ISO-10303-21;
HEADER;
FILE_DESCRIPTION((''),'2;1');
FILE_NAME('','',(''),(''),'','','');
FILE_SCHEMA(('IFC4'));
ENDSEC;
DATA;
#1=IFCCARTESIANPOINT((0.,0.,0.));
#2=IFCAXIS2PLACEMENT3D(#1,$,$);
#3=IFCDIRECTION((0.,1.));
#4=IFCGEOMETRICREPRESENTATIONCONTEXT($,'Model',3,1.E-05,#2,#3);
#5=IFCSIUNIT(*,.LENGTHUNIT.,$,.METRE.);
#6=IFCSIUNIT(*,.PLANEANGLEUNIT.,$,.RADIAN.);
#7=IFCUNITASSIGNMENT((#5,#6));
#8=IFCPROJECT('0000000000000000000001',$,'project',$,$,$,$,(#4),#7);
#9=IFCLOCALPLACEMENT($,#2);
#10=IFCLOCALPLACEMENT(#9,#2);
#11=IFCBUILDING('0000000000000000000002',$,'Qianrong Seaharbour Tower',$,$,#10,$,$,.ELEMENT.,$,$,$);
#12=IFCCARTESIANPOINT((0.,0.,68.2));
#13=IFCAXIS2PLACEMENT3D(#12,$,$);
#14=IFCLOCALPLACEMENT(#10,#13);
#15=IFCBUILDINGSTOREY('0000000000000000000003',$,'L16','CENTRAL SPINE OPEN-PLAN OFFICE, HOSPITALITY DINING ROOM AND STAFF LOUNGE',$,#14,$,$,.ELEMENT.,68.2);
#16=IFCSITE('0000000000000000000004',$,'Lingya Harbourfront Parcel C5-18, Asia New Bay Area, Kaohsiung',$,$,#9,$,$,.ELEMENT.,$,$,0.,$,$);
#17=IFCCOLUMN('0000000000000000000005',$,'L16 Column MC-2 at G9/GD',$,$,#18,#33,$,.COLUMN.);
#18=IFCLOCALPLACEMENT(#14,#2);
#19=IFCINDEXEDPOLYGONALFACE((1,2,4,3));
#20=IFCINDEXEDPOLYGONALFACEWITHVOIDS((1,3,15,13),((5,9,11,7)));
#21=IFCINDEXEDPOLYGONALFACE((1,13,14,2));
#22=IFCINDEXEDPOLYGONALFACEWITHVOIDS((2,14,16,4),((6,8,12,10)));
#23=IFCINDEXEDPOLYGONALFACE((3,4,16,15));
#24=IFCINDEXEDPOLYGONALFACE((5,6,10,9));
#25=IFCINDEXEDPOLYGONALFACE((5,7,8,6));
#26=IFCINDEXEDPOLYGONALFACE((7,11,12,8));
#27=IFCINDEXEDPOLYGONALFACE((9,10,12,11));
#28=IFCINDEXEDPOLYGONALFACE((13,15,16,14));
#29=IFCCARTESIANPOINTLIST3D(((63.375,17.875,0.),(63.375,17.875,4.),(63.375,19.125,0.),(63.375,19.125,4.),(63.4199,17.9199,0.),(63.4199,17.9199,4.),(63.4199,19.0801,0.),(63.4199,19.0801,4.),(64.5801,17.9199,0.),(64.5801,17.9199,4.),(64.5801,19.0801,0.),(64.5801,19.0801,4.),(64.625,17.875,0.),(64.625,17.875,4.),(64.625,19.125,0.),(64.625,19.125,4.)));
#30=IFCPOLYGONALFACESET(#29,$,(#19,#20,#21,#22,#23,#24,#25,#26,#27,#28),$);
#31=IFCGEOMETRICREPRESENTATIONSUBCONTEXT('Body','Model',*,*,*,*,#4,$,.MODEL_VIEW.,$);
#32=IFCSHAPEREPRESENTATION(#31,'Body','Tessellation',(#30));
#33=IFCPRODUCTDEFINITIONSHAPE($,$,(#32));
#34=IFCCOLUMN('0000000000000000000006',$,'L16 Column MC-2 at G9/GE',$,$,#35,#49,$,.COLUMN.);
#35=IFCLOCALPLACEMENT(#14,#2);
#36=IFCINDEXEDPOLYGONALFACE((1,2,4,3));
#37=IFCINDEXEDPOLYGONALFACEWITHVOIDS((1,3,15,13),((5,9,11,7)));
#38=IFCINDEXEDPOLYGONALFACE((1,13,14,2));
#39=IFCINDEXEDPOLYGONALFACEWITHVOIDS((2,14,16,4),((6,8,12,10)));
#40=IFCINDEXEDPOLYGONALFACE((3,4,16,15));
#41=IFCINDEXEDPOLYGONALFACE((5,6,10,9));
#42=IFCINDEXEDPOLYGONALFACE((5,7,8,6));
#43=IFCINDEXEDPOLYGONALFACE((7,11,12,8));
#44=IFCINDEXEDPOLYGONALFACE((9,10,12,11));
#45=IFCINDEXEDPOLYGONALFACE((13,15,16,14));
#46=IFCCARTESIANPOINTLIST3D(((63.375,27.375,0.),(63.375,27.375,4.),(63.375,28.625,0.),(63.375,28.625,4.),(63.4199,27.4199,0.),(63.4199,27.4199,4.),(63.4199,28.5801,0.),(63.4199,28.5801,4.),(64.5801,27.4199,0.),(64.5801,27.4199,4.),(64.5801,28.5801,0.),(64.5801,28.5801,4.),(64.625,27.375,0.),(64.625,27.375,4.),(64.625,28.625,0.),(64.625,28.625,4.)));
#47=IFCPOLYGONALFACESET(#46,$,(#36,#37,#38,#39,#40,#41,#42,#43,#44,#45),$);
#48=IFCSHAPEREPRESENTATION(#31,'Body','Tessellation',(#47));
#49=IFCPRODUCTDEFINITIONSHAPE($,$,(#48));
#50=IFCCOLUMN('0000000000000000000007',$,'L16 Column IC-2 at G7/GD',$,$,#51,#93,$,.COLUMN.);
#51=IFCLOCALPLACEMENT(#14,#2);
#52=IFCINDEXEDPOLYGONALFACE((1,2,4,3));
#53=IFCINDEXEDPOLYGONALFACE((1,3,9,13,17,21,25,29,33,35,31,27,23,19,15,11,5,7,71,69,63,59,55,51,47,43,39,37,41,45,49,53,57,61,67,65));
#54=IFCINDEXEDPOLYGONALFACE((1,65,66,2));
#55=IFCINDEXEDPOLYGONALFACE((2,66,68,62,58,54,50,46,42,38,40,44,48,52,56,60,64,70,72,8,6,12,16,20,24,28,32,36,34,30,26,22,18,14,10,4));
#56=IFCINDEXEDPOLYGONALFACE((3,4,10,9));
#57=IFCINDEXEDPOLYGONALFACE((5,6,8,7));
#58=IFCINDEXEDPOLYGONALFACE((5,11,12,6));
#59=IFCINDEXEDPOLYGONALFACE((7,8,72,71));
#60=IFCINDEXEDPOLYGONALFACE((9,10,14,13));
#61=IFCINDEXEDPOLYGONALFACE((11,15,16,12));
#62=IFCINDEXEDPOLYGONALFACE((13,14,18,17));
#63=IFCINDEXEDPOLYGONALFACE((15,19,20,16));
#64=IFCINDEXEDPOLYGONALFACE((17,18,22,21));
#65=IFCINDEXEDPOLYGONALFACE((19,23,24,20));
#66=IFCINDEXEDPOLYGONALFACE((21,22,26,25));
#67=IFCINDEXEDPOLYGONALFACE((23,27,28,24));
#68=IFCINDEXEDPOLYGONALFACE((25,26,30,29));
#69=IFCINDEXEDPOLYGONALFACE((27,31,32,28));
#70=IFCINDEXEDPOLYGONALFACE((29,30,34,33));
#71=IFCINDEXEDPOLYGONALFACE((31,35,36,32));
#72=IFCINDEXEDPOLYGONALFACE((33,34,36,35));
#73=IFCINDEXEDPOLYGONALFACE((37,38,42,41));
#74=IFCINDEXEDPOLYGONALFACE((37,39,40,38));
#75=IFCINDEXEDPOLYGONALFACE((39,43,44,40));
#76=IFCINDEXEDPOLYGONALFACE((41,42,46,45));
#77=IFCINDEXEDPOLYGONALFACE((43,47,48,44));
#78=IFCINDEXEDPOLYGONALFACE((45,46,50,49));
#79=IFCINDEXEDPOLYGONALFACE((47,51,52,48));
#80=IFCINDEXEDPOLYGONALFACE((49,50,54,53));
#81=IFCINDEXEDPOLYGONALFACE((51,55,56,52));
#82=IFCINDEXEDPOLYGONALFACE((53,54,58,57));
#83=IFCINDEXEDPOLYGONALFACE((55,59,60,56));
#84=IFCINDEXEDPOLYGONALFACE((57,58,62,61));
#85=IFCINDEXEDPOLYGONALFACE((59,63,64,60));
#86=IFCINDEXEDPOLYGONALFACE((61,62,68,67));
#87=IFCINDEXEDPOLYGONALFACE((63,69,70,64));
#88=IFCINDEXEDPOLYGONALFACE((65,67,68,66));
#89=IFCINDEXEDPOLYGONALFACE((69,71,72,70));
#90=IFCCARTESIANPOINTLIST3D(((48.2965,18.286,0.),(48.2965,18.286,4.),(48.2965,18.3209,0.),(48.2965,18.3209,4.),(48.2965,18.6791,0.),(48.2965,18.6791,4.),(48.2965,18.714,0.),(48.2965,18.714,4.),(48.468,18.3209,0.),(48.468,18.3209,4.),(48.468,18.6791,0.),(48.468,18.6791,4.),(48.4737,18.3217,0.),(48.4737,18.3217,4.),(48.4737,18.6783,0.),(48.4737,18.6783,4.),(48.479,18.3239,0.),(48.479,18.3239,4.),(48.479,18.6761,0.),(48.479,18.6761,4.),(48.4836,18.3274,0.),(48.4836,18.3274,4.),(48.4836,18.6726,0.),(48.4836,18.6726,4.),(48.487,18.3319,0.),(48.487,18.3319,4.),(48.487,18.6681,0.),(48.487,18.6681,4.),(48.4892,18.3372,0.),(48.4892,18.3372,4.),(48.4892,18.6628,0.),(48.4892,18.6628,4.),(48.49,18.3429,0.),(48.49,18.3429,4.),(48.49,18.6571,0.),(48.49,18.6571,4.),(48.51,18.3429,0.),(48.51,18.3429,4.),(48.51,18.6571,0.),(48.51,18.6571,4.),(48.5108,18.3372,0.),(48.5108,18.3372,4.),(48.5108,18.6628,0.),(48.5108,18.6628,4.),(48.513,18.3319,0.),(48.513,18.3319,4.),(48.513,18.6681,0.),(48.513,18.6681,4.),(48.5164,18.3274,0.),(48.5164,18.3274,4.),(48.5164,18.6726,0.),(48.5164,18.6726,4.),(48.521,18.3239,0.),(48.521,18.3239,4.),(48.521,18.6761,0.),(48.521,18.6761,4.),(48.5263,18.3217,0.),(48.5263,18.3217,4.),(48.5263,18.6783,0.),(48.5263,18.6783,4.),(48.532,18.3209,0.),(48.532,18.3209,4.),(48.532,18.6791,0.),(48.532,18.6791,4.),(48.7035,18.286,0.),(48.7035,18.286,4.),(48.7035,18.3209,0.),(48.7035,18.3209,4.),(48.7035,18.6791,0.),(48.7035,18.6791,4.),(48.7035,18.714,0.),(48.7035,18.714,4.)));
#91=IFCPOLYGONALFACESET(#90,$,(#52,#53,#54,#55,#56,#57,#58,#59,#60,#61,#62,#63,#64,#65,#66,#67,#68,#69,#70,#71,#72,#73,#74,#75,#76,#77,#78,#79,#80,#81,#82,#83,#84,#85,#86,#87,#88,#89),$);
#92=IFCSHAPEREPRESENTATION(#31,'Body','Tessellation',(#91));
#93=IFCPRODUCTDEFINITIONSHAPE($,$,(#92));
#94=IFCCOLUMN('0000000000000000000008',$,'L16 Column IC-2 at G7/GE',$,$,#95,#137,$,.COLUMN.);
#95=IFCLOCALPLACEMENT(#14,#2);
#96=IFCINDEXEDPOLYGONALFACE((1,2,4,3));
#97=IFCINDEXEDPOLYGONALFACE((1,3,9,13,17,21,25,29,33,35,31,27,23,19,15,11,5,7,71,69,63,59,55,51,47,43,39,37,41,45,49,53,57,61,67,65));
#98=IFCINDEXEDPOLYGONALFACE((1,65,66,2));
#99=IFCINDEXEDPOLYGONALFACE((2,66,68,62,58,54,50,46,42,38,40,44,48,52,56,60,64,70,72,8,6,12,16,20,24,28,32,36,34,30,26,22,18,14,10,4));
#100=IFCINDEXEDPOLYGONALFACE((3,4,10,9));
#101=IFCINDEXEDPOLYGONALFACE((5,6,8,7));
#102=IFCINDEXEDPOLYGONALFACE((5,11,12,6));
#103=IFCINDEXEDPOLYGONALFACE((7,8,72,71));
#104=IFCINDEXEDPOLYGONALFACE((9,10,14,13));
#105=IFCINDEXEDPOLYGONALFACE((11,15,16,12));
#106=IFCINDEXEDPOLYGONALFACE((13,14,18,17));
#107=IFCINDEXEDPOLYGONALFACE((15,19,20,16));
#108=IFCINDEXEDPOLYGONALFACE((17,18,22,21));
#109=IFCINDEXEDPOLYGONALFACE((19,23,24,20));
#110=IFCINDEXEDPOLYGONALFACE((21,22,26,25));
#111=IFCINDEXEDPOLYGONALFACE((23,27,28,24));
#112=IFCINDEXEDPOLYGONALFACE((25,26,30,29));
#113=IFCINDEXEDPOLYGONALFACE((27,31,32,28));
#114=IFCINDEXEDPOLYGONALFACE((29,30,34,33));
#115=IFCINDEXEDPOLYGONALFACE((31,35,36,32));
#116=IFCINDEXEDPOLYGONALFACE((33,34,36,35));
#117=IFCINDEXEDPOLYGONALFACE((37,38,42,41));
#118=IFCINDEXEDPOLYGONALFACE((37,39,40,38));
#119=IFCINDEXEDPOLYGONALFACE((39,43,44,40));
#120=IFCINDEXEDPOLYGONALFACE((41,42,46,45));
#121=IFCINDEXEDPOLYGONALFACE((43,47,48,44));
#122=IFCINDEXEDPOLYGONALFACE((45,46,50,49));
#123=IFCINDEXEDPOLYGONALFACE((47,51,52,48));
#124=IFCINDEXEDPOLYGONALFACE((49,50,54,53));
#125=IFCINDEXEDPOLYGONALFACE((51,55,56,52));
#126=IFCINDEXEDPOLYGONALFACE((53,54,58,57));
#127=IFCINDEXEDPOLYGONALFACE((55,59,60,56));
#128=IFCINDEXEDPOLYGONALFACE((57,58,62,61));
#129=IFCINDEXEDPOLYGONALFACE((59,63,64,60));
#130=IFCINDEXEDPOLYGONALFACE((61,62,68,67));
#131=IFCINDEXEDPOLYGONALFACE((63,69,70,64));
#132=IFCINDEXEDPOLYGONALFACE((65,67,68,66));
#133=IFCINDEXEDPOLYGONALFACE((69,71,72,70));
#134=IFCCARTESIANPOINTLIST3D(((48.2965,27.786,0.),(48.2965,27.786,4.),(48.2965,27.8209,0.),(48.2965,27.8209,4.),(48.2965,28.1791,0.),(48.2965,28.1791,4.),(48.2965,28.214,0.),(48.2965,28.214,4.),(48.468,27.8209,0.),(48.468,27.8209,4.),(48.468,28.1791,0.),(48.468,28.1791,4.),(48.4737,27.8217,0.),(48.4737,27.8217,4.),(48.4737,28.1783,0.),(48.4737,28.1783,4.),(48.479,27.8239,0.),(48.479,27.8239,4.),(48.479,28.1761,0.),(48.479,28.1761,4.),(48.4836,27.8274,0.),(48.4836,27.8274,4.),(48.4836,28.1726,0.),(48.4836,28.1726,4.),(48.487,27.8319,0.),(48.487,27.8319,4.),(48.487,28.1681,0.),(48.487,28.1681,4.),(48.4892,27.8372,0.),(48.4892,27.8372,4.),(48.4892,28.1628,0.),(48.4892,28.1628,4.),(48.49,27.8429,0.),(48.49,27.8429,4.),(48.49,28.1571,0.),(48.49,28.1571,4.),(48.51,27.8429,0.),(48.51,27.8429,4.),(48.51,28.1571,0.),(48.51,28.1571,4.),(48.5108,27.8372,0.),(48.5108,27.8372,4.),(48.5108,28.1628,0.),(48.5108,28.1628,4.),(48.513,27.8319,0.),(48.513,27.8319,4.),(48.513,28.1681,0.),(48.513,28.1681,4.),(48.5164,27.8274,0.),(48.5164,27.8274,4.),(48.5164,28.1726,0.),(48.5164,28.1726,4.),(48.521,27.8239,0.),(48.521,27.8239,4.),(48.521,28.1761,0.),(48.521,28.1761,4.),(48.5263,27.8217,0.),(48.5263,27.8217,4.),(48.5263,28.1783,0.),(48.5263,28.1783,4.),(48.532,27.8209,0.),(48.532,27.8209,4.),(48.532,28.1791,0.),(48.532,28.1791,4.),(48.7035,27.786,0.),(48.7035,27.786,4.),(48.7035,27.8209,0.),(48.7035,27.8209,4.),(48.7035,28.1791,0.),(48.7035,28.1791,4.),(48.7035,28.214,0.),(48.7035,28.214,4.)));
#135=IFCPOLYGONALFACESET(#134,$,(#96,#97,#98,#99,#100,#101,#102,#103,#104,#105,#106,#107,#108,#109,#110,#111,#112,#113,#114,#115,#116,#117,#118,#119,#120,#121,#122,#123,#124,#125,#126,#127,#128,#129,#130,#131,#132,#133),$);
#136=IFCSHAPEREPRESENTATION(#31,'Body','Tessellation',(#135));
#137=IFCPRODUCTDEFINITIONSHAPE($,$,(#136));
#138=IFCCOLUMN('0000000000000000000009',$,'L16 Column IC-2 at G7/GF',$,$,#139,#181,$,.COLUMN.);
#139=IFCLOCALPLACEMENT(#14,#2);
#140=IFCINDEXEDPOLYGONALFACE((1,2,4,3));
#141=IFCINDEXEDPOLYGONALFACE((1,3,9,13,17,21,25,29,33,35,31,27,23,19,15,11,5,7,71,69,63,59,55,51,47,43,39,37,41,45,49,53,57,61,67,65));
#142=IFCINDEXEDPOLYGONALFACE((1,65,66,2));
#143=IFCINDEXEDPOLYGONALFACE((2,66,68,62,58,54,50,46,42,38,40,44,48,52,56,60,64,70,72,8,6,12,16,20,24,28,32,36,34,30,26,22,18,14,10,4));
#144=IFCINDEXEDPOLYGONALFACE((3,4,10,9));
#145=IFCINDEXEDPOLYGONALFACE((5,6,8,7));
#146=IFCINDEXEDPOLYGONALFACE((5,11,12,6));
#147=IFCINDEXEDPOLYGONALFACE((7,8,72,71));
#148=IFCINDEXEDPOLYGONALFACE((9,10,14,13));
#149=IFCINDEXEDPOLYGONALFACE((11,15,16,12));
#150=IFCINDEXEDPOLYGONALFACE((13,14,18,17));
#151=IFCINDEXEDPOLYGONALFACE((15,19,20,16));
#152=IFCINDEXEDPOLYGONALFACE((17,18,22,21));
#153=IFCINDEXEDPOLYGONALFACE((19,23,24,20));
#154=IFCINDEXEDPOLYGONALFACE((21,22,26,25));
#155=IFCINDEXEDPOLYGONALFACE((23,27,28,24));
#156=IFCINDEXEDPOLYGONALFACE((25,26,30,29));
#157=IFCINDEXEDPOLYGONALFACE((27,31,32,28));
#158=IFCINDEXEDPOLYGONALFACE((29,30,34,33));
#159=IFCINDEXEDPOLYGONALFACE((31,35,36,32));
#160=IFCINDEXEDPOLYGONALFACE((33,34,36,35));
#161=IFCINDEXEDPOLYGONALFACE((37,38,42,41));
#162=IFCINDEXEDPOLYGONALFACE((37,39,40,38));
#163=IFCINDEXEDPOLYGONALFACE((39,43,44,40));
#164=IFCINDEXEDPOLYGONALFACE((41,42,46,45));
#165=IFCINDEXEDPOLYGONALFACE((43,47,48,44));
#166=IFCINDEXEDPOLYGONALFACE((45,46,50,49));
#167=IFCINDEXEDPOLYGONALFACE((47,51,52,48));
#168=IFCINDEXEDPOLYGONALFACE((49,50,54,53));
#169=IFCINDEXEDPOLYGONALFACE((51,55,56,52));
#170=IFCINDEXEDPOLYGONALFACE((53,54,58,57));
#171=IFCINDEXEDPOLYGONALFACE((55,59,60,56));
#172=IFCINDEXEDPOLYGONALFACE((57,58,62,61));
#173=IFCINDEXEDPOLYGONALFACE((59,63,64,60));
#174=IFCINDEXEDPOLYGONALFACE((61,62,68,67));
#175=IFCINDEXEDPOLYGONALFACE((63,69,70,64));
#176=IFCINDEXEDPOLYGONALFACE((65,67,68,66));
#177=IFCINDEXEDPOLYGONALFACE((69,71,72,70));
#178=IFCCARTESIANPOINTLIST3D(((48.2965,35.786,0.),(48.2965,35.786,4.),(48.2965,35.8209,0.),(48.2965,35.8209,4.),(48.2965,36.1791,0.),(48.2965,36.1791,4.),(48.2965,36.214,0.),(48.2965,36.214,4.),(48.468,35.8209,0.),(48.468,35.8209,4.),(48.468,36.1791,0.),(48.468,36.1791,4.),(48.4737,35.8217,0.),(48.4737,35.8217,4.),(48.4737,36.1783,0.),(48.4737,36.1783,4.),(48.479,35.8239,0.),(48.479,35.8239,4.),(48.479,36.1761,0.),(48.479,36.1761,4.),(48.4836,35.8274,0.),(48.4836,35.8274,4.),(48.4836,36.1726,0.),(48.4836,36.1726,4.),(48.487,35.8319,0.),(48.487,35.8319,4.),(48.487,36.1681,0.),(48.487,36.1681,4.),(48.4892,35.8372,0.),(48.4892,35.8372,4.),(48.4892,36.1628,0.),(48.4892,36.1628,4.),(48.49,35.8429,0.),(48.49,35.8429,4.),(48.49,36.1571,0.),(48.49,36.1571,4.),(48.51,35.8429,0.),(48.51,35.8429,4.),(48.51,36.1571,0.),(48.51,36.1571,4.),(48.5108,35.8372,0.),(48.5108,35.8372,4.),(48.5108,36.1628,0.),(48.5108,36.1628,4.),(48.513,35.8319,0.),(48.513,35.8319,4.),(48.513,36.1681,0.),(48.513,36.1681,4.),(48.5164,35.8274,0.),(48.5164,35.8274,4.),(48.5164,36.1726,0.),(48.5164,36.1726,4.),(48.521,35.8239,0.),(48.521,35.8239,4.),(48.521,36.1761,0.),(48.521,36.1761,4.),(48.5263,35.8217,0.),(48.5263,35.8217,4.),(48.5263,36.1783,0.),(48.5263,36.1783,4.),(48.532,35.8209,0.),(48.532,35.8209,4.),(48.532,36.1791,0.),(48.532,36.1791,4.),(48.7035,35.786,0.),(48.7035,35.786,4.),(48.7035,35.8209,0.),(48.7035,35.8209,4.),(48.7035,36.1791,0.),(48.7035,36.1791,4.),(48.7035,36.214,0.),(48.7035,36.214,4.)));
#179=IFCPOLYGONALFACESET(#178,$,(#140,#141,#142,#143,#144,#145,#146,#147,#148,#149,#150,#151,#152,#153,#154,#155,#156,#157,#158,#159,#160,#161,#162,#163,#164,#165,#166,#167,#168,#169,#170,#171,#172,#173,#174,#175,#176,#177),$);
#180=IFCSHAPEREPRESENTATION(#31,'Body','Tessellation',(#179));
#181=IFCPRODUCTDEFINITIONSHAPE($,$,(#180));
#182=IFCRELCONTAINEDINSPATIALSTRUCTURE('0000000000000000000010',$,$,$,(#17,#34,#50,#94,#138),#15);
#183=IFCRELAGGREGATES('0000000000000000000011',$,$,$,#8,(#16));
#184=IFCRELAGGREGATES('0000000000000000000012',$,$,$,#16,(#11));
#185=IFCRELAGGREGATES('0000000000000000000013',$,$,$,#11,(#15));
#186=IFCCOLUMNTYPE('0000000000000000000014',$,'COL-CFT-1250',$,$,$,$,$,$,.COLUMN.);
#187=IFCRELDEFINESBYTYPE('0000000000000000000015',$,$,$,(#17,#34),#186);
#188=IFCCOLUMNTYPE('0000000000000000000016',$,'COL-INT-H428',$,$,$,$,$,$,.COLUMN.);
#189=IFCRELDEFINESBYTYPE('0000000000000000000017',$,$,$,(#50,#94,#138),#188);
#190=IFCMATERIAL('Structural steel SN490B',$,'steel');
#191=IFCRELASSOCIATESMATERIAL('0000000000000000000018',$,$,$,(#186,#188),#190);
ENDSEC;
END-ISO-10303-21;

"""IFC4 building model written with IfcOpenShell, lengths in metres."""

from ifc_helpers import new_model, si_unit, direction, frame, origin, origin_2d, place, context, subcontext, project, spatial, hollow_rectangle, i_section, extrude, material, material_profile, profile_set, type_object, element, save


model = new_model("IFC4")

# Units and contexts
model_context = context("Model", 3, precision=1e-05, world=origin(), true_north=direction((0.0, 1.0)))
body_context = subcontext(model_context, "Body", "Model", "MODEL_VIEW")
ifc_project = project(units=[si_unit("LENGTHUNIT", "METRE"), si_unit("PLANEANGLEUNIT", "RADIAN")], contexts=[model_context])

# Site, building, storey
site_placement = place(None, origin())
site = spatial("IfcSite", under=ifc_project, at=site_placement, Name="Lingya Harbourfront Parcel C5-18, Asia New Bay Area, Kaohsiung", CompositionType="ELEMENT", RefElevation=0.0)
building_placement = place(site_placement, origin())
building = spatial("IfcBuilding", under=site, at=building_placement, Name="Qianrong Seaharbour Tower", CompositionType="ELEMENT")
storey_placement = place(building_placement, frame((0.0, 0.0, 68.2)))
storey = spatial("IfcBuildingStorey", under=building, at=storey_placement, Name="L16", Description="CENTRAL SPINE OPEN-PLAN OFFICE, HOSPITALITY DINING ROOM AND STAFF LOUNGE", CompositionType="ELEMENT", Elevation=68.2)

# Columns
ifc_material_1 = material(Name="Structural steel SN490B", Category="steel")
ifc_material_profile_1 = material_profile(ifc_material_1, hollow_rectangle(XDim=1.25, YDim=1.25, WallThickness=0.0449, at=origin_2d()), Name="BOX1250x1250x45")
ifc_profile_set_1 = profile_set([ifc_material_profile_1], Name="Structural steel SN490B")
column_type_1 = type_object("IfcColumnType", Name="COL-CFT-1250", PredefinedType="COLUMN", material=ifc_profile_set_1)
for number, where, z_axis, x_axis, name in (
    (1, (64.0, 18.5, 0.0), (0.0, 0.0, 1.0), (1.0, 0.0, 0.0), "L16 Column MC-2 at G9/GD"),
    (2, (64.0, 28.0, 0.0), (0.0, 0.0, 1.0), (1.0, 0.0, 0.0), "L16 Column MC-2 at G9/GE"),
):
    element("IfcColumn", number, at=place(storey_placement, frame(where, z_axis=z_axis, x_axis=x_axis)), inside=storey, type_object=column_type_1, Name=name, PredefinedType="COLUMN", context=body_context, shape_type="SweptSolid", body=[
        extrude(hollow_rectangle(XDim=1.25, YDim=1.25, WallThickness=0.0449, at=origin_2d()), origin(), (0.0, 0.0, 1.0), 4.0),
    ])
ifc_material_profile_2 = material_profile(ifc_material_1, i_section(OverallWidth=0.407, OverallDepth=0.428, WebThickness=0.02, FlangeThickness=0.0349, FilletRadius=0.022, at=origin_2d()), Name="H428x407x20x35")
ifc_profile_set_2 = profile_set([ifc_material_profile_2], Name="Structural steel SN490B")
column_type_2 = type_object("IfcColumnType", Name="COL-INT-H428", PredefinedType="COLUMN", material=ifc_profile_set_2)
for number, where, z_axis, x_axis, name in (
    (3, (48.5, 18.5, 0.0), (0.0, 0.0, 1.0), (1.0, 0.0, 0.0), "L16 Column IC-2 at G7/GD"),
    (4, (48.5, 28.0, 0.0), (0.0, 0.0, 1.0), (1.0, 0.0, 0.0), "L16 Column IC-2 at G7/GE"),
    (5, (48.5, 36.0, 0.0), (0.0, 0.0, 1.0), (1.0, 0.0, 0.0), "L16 Column IC-2 at G7/GF"),
):
    element("IfcColumn", number, at=place(storey_placement, frame(where, z_axis=z_axis, x_axis=x_axis)), inside=storey, type_object=column_type_2, Name=name, PredefinedType="COLUMN", context=body_context, shape_type="SweptSolid", body=[
        extrude(i_section(OverallWidth=0.407, OverallDepth=0.428, WebThickness=0.02, FlangeThickness=0.0349, FilletRadius=0.022, at=origin_2d()), origin(), (0.0, 0.0, 1.0), 4.0),
    ])

save(model, "model.ifc")
